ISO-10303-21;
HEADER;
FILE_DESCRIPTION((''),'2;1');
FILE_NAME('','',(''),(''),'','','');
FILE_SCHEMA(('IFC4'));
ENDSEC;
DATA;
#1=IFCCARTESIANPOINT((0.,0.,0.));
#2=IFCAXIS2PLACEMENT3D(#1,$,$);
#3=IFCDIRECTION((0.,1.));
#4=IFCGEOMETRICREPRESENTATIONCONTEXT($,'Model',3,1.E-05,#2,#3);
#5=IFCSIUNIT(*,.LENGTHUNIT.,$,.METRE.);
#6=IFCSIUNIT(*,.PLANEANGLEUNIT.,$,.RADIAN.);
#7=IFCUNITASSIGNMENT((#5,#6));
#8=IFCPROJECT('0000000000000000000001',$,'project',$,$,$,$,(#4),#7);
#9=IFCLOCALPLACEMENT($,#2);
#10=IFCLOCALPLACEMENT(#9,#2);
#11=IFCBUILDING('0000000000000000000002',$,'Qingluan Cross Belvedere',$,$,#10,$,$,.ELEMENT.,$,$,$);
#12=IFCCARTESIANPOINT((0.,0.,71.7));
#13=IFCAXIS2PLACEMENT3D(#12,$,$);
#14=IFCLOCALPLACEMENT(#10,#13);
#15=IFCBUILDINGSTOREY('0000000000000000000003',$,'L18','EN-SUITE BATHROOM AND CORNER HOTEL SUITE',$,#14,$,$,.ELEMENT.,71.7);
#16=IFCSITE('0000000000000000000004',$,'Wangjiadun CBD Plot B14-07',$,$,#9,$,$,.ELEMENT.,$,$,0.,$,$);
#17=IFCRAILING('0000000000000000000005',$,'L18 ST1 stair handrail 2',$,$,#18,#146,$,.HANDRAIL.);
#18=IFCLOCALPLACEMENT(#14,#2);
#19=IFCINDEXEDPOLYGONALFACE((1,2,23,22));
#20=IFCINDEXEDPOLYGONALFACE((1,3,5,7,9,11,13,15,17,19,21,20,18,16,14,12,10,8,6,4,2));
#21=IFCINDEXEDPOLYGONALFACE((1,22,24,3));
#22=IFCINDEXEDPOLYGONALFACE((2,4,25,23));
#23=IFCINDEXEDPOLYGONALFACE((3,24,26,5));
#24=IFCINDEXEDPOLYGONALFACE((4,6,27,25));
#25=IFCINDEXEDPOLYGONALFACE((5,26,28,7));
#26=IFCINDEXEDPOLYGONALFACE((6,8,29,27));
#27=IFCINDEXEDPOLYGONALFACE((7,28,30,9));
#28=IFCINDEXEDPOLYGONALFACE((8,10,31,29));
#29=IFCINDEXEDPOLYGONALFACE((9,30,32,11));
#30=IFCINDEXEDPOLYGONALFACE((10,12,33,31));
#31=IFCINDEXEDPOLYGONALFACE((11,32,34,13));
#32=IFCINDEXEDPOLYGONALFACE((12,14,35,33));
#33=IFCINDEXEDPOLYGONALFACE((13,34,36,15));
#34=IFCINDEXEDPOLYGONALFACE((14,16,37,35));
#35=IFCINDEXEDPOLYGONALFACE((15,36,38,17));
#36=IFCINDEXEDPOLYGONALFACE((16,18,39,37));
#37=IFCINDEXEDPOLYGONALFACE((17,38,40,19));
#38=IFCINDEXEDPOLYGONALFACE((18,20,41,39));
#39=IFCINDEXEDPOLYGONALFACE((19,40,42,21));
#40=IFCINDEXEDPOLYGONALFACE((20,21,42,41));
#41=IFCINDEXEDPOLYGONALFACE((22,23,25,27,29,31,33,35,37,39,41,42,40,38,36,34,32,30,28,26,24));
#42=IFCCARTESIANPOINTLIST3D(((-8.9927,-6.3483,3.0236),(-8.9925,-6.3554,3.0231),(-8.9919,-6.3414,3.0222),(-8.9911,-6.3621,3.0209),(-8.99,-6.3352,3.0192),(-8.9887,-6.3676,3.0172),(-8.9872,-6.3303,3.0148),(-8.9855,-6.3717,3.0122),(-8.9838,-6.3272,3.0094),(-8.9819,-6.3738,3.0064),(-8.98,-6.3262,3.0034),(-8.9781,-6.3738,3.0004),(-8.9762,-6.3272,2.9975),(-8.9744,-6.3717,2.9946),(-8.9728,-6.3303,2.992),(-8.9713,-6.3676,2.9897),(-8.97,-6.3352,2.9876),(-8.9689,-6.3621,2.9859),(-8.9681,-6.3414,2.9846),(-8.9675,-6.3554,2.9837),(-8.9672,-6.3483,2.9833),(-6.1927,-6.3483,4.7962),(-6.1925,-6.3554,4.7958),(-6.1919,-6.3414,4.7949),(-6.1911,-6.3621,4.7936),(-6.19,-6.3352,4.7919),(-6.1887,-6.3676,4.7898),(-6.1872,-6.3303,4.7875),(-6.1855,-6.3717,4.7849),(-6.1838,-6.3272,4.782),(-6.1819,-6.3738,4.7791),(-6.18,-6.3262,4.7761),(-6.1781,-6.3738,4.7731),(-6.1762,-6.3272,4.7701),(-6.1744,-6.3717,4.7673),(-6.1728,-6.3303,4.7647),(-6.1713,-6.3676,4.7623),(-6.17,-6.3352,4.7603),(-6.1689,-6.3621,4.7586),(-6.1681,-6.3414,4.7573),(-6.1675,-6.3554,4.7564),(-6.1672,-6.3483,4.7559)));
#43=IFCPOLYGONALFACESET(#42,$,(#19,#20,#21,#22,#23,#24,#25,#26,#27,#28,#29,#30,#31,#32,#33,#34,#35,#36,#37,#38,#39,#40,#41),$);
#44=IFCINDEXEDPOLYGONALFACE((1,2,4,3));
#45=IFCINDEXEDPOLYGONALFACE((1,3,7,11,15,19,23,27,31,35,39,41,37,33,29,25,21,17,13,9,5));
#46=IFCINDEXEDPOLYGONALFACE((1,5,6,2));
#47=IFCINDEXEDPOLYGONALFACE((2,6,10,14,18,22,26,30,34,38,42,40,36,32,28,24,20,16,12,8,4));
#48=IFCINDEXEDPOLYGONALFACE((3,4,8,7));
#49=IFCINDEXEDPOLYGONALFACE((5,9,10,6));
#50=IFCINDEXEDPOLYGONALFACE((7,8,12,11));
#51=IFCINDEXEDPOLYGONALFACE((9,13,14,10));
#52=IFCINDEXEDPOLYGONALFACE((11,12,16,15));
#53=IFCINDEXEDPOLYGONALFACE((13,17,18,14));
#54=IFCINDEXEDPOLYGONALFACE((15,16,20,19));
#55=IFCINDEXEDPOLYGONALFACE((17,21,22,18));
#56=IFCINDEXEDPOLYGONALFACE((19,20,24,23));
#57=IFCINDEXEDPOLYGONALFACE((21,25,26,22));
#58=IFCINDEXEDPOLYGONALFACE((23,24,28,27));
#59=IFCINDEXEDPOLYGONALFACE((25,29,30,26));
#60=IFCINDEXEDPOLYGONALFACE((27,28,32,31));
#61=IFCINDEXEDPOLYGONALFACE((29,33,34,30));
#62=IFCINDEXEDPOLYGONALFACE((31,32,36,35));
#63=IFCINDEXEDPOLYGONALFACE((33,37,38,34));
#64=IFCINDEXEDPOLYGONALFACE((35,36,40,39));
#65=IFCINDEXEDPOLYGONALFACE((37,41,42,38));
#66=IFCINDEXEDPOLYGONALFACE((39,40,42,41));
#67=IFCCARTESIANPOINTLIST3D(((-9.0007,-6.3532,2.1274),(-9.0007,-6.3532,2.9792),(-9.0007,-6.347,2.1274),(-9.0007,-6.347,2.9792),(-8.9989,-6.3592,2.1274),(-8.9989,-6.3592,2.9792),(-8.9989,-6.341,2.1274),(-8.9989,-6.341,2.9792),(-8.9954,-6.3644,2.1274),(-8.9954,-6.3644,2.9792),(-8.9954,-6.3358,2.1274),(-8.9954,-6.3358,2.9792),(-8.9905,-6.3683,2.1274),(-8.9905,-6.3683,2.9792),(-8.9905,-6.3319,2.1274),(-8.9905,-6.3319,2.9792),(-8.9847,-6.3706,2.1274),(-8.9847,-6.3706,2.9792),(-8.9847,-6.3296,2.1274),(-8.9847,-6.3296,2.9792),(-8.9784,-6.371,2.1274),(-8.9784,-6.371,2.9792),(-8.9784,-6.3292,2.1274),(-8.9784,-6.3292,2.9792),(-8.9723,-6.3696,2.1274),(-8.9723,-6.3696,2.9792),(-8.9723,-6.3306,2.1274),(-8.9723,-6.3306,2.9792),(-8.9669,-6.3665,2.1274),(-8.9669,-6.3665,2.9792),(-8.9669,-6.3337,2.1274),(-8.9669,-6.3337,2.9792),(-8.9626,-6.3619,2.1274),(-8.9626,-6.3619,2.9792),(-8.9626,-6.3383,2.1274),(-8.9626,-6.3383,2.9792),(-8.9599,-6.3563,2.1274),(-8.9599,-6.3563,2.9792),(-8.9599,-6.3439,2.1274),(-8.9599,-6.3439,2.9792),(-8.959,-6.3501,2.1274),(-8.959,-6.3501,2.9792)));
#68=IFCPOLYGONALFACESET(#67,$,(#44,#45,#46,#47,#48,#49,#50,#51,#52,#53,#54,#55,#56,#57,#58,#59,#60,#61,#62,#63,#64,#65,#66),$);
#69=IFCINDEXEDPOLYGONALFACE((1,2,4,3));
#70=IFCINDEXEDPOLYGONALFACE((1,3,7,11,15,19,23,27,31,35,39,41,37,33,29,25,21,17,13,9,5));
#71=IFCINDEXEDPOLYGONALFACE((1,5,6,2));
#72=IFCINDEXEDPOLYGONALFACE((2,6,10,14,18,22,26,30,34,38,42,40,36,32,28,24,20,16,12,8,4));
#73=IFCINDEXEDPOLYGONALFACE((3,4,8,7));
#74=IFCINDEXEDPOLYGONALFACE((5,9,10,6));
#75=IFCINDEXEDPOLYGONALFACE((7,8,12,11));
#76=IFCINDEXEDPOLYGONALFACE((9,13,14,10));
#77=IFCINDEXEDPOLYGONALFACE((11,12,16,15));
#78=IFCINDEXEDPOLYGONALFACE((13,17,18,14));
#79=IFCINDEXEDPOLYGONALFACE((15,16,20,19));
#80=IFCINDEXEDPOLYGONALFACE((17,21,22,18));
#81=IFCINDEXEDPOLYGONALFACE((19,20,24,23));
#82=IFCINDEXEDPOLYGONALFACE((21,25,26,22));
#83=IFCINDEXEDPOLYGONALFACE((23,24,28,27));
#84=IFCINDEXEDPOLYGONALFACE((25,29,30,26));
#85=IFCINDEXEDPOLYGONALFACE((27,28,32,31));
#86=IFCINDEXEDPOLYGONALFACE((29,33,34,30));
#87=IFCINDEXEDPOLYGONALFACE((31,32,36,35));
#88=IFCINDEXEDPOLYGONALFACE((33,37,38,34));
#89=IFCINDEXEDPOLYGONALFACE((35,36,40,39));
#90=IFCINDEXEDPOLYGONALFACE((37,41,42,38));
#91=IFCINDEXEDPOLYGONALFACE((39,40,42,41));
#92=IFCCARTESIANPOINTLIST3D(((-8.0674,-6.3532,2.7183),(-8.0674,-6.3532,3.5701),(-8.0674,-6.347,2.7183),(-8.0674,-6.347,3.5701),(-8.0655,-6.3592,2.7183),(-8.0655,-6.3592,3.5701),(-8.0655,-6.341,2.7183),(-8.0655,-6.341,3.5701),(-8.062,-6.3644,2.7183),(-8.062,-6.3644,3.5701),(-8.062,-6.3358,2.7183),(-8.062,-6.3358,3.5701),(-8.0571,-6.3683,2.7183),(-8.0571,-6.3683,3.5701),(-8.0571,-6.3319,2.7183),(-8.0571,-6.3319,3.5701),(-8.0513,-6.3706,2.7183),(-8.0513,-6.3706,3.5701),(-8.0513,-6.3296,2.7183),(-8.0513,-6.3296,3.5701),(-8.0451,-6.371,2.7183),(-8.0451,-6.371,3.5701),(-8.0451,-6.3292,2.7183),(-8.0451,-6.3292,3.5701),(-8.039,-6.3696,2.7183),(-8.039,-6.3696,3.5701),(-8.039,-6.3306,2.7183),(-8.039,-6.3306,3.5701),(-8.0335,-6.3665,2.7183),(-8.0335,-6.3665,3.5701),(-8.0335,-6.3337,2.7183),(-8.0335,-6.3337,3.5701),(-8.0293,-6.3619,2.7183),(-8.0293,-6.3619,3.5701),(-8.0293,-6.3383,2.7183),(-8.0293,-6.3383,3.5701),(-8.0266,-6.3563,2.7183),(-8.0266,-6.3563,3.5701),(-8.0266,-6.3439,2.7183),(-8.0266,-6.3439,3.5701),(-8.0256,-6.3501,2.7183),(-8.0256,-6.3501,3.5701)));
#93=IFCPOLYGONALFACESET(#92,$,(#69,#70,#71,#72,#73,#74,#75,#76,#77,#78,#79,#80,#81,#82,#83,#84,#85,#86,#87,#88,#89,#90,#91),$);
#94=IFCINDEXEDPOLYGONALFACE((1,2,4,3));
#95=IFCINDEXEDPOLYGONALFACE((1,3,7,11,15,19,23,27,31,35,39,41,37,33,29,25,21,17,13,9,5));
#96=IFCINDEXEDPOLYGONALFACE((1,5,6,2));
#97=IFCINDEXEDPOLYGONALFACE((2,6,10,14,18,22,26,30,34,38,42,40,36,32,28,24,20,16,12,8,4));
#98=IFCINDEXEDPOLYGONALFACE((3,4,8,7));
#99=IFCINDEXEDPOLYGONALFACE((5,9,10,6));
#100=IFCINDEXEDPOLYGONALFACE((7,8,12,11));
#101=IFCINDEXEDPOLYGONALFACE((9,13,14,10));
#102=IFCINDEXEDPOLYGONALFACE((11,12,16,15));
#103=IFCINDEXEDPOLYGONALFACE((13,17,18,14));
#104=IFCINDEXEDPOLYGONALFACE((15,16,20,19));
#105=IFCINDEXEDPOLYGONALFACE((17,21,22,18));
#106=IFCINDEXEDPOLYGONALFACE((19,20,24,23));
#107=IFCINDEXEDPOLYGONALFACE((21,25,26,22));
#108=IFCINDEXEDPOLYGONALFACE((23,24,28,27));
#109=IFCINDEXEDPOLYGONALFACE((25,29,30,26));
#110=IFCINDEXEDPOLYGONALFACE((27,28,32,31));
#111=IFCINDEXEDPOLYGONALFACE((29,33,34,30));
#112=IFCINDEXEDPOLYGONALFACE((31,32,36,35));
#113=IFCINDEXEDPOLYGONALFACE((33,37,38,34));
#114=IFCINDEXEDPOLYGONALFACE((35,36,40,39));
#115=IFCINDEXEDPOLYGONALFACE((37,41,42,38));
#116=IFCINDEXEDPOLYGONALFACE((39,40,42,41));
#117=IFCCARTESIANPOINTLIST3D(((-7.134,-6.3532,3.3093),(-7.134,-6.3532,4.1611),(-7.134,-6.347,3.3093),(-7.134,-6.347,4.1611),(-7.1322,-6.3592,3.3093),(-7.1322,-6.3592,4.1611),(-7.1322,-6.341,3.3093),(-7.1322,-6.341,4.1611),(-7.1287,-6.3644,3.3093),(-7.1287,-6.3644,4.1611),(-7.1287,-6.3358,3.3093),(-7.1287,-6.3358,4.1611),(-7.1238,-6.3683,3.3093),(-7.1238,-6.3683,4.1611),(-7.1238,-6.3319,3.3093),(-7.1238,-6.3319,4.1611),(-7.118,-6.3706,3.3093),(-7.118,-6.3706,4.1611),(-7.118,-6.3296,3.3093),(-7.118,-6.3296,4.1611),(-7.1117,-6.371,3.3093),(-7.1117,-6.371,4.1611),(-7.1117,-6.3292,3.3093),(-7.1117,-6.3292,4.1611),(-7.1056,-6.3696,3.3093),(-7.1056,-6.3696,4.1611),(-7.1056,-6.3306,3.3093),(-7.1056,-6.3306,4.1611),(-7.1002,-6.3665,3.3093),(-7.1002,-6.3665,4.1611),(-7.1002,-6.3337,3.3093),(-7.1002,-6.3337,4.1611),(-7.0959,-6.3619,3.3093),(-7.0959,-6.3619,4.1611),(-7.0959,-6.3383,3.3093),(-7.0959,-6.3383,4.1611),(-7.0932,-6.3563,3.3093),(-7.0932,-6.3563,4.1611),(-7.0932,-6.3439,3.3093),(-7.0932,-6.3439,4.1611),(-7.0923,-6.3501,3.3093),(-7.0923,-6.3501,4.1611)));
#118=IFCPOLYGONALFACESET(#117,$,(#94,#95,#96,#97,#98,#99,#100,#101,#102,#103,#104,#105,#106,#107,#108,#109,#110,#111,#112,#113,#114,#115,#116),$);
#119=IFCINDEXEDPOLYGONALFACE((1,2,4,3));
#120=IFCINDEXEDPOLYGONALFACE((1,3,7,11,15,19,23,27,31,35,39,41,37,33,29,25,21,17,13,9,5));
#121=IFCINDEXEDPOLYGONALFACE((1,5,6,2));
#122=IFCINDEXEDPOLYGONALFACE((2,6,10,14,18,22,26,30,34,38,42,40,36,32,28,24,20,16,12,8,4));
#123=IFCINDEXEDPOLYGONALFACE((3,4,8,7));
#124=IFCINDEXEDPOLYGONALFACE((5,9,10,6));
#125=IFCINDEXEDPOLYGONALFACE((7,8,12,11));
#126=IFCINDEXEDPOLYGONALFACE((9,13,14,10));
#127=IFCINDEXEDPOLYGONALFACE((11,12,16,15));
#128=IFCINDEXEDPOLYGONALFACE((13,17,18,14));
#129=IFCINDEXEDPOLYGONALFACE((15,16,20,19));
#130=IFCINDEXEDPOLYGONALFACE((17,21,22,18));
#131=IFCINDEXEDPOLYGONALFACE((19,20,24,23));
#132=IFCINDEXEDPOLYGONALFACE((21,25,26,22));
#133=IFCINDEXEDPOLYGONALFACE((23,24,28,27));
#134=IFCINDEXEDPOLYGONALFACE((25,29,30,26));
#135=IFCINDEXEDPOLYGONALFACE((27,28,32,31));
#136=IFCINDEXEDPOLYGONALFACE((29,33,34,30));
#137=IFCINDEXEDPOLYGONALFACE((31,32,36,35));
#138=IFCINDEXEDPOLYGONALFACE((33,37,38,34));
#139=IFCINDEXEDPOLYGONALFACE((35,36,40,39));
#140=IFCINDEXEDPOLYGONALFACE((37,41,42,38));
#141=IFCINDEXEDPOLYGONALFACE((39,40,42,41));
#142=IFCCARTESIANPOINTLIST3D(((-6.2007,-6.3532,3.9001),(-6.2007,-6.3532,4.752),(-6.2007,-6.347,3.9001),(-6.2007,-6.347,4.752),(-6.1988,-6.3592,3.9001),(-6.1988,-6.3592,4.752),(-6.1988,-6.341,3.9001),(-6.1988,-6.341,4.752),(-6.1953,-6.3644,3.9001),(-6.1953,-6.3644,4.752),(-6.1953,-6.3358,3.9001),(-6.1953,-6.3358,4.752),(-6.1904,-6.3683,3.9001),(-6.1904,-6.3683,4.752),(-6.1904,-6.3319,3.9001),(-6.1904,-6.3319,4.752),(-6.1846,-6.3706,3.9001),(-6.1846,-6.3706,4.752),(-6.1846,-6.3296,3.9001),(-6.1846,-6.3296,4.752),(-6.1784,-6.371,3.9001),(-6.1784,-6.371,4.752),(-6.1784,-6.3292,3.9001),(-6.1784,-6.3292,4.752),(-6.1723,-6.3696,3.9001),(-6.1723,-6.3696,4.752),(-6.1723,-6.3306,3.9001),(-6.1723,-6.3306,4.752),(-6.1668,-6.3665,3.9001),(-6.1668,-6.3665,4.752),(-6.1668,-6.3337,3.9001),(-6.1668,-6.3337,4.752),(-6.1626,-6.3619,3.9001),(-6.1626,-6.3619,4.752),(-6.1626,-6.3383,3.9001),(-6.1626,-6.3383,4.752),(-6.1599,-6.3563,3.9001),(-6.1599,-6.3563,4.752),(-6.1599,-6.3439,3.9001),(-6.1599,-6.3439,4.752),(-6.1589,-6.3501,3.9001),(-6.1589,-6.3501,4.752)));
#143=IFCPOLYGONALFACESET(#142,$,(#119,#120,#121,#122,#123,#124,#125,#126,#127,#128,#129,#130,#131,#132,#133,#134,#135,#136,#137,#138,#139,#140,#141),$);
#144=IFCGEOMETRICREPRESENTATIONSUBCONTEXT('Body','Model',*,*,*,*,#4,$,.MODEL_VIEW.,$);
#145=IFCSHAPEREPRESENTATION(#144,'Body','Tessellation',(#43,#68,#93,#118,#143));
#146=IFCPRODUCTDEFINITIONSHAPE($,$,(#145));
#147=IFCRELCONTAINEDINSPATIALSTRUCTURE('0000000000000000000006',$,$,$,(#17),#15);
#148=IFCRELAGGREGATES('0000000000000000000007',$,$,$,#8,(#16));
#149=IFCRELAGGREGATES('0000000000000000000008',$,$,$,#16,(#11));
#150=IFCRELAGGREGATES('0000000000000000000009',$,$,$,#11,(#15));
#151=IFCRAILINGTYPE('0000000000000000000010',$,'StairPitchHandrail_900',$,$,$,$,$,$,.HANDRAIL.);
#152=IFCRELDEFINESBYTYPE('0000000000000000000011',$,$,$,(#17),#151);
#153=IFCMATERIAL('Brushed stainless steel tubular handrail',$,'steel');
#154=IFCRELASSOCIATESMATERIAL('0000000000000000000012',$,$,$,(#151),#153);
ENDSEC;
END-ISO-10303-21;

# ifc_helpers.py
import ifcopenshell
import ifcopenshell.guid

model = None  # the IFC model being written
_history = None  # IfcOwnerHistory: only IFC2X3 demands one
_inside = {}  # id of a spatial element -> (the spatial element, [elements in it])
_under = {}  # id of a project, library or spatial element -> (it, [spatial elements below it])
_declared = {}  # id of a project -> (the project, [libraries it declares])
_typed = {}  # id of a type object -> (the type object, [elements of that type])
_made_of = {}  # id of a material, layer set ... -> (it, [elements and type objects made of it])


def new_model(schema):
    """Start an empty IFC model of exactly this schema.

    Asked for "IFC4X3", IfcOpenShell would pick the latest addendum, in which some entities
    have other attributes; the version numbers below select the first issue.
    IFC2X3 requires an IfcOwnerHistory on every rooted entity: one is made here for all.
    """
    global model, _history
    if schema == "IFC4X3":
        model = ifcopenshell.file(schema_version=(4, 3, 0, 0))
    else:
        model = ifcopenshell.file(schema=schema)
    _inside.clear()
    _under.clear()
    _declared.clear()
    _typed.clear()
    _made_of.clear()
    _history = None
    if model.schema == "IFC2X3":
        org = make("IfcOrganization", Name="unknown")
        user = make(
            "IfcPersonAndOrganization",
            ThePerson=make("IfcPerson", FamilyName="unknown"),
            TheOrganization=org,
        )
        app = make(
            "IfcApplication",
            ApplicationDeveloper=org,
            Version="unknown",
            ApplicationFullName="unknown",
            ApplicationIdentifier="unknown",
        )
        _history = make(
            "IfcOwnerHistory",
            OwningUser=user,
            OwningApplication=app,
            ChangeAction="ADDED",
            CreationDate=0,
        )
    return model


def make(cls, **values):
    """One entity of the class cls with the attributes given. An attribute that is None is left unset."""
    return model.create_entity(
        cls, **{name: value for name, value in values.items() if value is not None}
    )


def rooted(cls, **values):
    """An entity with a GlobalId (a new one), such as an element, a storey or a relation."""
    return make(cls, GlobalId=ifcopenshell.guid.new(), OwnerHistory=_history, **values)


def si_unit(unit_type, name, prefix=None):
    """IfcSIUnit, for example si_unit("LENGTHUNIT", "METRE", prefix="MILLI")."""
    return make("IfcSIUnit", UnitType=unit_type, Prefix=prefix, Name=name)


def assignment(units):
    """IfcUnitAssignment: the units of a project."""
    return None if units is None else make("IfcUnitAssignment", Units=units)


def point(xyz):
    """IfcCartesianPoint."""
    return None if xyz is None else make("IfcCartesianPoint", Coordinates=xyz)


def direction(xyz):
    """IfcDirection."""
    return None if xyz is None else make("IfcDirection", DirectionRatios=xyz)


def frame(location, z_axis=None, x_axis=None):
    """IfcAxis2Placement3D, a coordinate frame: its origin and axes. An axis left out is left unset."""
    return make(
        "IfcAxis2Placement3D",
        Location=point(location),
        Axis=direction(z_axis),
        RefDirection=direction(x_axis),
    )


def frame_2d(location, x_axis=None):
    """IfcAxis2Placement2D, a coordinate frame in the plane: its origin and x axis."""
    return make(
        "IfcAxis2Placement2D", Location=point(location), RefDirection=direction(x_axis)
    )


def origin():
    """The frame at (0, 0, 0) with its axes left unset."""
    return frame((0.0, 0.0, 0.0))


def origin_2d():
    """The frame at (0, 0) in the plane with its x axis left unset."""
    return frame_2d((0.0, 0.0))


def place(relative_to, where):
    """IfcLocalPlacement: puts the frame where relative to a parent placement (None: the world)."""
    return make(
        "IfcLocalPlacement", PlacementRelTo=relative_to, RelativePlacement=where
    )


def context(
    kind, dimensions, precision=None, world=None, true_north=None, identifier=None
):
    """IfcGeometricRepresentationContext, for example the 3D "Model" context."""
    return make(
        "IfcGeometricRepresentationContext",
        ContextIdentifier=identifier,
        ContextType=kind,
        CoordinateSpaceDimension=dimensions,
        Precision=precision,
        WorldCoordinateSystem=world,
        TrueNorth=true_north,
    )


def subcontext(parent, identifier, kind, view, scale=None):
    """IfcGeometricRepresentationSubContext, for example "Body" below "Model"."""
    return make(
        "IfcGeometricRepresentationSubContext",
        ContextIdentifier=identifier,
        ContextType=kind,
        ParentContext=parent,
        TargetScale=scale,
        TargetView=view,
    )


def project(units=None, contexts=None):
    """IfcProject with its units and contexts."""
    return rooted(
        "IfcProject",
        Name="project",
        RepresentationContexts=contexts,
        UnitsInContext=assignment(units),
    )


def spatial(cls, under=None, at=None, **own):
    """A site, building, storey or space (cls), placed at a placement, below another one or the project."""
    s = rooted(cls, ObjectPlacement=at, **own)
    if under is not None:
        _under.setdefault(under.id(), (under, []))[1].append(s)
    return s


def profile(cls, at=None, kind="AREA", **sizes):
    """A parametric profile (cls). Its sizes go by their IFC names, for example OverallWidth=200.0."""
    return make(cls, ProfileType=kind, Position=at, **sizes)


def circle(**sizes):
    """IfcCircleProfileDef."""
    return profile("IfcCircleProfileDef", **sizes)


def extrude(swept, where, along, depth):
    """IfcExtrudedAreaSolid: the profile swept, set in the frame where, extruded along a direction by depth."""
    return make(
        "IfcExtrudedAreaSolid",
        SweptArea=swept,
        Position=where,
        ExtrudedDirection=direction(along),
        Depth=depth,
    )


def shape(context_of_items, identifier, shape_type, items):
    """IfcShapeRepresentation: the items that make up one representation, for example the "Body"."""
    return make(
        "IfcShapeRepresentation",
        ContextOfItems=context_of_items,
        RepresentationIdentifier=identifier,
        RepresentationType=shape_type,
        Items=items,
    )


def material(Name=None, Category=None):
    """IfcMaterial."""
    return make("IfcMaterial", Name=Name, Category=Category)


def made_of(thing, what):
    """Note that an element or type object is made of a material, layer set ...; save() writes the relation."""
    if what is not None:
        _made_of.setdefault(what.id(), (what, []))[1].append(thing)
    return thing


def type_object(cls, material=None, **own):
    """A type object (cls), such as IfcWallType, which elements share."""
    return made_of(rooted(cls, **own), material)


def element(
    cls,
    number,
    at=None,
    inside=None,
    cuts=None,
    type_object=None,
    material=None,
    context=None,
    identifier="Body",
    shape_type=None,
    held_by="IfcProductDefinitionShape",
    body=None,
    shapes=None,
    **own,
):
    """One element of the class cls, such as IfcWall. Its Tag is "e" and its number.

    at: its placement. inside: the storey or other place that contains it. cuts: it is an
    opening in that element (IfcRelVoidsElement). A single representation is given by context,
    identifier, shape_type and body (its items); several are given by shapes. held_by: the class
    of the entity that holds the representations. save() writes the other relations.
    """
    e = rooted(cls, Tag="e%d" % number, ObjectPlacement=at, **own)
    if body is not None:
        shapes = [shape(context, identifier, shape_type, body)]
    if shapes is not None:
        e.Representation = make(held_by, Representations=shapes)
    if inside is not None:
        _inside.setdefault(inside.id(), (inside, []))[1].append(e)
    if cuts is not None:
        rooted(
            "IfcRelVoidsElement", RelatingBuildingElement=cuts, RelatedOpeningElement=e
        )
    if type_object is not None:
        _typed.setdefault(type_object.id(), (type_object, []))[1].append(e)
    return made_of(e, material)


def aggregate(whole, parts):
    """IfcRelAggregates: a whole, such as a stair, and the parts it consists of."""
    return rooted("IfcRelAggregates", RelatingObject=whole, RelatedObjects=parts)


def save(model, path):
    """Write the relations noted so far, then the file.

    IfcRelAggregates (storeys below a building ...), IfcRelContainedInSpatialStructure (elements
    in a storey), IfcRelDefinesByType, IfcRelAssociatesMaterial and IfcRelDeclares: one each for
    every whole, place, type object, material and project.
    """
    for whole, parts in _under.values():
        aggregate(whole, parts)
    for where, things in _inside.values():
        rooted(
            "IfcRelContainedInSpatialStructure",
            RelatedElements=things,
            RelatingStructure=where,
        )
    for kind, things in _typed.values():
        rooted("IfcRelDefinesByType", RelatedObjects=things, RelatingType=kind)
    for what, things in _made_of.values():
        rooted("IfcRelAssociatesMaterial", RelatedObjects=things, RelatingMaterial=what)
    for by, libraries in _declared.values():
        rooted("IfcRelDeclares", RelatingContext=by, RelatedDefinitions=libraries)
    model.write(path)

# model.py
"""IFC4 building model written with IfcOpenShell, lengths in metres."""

from ifc_helpers import new_model, si_unit, direction, frame, origin, origin_2d, place, context, subcontext, project, spatial, circle, extrude, material, type_object, element, save


model = new_model("IFC4")

# Units and contexts
model_context = context("Model", 3, precision=1e-05, world=origin(), true_north=direction((0.0, 1.0)))
body_context = subcontext(model_context, "Body", "Model", "MODEL_VIEW")
ifc_project = project(units=[si_unit("LENGTHUNIT", "METRE"), si_unit("PLANEANGLEUNIT", "RADIAN")], contexts=[model_context])

# Site, building, storey
site_placement = place(None, origin())
site = spatial("IfcSite", under=ifc_project, at=site_placement, Name="Wangjiadun CBD Plot B14-07", CompositionType="ELEMENT", RefElevation=0.0)
building_placement = place(site_placement, origin())
building = spatial("IfcBuilding", under=site, at=building_placement, Name="Qingluan Cross Belvedere", CompositionType="ELEMENT")
storey_placement = place(building_placement, frame((0.0, 0.0, 71.7)))
storey = spatial("IfcBuildingStorey", under=building, at=storey_placement, Name="L18", Description="EN-SUITE BATHROOM AND CORNER HOTEL SUITE", CompositionType="ELEMENT", Elevation=71.7)

# Railing
ifc_material_1 = material(Name="Brushed stainless steel tubular handrail", Category="steel")
railing_type_1 = type_object("IfcRailingType", Name="StairPitchHandrail_900", PredefinedType="HANDRAIL", material=ifc_material_1)
railing_1_placement = place(storey_placement, frame((-8.98, -6.3501, 2.1274)))
element("IfcRailing", 1, at=railing_1_placement, inside=storey, type_object=railing_type_1, Name="L18 ST1 stair handrail 2", PredefinedType="HANDRAIL", context=body_context, shape_type="SweptSolid", body=[
    extrude(circle(Radius=0.0239, at=origin_2d()), frame((0.0, 0.0, 0.876), z_axis=(0.844909, 0.0, 0.53491), x_axis=(0.0, 1.0, 0.0)), (0.0, 0.0, 1.0), 3.314),
    extrude(circle(Radius=0.021, at=origin_2d()), origin(), (0.0, 0.0, 1.0), 0.8518),
    extrude(circle(Radius=0.021, at=origin_2d()), frame((0.9333, 0.0, 0.5908)), (0.0, 0.0, 1.0), 0.8518),
    extrude(circle(Radius=0.021, at=origin_2d()), frame((1.8667, 0.0, 1.1819)), (0.0, 0.0, 1.0), 0.8518),
    extrude(circle(Radius=0.021, at=origin_2d()), frame((2.8, 0.0, 1.7727)), (0.0, 0.0, 1.0), 0.8518),
])

save(model, "model.ifc")
